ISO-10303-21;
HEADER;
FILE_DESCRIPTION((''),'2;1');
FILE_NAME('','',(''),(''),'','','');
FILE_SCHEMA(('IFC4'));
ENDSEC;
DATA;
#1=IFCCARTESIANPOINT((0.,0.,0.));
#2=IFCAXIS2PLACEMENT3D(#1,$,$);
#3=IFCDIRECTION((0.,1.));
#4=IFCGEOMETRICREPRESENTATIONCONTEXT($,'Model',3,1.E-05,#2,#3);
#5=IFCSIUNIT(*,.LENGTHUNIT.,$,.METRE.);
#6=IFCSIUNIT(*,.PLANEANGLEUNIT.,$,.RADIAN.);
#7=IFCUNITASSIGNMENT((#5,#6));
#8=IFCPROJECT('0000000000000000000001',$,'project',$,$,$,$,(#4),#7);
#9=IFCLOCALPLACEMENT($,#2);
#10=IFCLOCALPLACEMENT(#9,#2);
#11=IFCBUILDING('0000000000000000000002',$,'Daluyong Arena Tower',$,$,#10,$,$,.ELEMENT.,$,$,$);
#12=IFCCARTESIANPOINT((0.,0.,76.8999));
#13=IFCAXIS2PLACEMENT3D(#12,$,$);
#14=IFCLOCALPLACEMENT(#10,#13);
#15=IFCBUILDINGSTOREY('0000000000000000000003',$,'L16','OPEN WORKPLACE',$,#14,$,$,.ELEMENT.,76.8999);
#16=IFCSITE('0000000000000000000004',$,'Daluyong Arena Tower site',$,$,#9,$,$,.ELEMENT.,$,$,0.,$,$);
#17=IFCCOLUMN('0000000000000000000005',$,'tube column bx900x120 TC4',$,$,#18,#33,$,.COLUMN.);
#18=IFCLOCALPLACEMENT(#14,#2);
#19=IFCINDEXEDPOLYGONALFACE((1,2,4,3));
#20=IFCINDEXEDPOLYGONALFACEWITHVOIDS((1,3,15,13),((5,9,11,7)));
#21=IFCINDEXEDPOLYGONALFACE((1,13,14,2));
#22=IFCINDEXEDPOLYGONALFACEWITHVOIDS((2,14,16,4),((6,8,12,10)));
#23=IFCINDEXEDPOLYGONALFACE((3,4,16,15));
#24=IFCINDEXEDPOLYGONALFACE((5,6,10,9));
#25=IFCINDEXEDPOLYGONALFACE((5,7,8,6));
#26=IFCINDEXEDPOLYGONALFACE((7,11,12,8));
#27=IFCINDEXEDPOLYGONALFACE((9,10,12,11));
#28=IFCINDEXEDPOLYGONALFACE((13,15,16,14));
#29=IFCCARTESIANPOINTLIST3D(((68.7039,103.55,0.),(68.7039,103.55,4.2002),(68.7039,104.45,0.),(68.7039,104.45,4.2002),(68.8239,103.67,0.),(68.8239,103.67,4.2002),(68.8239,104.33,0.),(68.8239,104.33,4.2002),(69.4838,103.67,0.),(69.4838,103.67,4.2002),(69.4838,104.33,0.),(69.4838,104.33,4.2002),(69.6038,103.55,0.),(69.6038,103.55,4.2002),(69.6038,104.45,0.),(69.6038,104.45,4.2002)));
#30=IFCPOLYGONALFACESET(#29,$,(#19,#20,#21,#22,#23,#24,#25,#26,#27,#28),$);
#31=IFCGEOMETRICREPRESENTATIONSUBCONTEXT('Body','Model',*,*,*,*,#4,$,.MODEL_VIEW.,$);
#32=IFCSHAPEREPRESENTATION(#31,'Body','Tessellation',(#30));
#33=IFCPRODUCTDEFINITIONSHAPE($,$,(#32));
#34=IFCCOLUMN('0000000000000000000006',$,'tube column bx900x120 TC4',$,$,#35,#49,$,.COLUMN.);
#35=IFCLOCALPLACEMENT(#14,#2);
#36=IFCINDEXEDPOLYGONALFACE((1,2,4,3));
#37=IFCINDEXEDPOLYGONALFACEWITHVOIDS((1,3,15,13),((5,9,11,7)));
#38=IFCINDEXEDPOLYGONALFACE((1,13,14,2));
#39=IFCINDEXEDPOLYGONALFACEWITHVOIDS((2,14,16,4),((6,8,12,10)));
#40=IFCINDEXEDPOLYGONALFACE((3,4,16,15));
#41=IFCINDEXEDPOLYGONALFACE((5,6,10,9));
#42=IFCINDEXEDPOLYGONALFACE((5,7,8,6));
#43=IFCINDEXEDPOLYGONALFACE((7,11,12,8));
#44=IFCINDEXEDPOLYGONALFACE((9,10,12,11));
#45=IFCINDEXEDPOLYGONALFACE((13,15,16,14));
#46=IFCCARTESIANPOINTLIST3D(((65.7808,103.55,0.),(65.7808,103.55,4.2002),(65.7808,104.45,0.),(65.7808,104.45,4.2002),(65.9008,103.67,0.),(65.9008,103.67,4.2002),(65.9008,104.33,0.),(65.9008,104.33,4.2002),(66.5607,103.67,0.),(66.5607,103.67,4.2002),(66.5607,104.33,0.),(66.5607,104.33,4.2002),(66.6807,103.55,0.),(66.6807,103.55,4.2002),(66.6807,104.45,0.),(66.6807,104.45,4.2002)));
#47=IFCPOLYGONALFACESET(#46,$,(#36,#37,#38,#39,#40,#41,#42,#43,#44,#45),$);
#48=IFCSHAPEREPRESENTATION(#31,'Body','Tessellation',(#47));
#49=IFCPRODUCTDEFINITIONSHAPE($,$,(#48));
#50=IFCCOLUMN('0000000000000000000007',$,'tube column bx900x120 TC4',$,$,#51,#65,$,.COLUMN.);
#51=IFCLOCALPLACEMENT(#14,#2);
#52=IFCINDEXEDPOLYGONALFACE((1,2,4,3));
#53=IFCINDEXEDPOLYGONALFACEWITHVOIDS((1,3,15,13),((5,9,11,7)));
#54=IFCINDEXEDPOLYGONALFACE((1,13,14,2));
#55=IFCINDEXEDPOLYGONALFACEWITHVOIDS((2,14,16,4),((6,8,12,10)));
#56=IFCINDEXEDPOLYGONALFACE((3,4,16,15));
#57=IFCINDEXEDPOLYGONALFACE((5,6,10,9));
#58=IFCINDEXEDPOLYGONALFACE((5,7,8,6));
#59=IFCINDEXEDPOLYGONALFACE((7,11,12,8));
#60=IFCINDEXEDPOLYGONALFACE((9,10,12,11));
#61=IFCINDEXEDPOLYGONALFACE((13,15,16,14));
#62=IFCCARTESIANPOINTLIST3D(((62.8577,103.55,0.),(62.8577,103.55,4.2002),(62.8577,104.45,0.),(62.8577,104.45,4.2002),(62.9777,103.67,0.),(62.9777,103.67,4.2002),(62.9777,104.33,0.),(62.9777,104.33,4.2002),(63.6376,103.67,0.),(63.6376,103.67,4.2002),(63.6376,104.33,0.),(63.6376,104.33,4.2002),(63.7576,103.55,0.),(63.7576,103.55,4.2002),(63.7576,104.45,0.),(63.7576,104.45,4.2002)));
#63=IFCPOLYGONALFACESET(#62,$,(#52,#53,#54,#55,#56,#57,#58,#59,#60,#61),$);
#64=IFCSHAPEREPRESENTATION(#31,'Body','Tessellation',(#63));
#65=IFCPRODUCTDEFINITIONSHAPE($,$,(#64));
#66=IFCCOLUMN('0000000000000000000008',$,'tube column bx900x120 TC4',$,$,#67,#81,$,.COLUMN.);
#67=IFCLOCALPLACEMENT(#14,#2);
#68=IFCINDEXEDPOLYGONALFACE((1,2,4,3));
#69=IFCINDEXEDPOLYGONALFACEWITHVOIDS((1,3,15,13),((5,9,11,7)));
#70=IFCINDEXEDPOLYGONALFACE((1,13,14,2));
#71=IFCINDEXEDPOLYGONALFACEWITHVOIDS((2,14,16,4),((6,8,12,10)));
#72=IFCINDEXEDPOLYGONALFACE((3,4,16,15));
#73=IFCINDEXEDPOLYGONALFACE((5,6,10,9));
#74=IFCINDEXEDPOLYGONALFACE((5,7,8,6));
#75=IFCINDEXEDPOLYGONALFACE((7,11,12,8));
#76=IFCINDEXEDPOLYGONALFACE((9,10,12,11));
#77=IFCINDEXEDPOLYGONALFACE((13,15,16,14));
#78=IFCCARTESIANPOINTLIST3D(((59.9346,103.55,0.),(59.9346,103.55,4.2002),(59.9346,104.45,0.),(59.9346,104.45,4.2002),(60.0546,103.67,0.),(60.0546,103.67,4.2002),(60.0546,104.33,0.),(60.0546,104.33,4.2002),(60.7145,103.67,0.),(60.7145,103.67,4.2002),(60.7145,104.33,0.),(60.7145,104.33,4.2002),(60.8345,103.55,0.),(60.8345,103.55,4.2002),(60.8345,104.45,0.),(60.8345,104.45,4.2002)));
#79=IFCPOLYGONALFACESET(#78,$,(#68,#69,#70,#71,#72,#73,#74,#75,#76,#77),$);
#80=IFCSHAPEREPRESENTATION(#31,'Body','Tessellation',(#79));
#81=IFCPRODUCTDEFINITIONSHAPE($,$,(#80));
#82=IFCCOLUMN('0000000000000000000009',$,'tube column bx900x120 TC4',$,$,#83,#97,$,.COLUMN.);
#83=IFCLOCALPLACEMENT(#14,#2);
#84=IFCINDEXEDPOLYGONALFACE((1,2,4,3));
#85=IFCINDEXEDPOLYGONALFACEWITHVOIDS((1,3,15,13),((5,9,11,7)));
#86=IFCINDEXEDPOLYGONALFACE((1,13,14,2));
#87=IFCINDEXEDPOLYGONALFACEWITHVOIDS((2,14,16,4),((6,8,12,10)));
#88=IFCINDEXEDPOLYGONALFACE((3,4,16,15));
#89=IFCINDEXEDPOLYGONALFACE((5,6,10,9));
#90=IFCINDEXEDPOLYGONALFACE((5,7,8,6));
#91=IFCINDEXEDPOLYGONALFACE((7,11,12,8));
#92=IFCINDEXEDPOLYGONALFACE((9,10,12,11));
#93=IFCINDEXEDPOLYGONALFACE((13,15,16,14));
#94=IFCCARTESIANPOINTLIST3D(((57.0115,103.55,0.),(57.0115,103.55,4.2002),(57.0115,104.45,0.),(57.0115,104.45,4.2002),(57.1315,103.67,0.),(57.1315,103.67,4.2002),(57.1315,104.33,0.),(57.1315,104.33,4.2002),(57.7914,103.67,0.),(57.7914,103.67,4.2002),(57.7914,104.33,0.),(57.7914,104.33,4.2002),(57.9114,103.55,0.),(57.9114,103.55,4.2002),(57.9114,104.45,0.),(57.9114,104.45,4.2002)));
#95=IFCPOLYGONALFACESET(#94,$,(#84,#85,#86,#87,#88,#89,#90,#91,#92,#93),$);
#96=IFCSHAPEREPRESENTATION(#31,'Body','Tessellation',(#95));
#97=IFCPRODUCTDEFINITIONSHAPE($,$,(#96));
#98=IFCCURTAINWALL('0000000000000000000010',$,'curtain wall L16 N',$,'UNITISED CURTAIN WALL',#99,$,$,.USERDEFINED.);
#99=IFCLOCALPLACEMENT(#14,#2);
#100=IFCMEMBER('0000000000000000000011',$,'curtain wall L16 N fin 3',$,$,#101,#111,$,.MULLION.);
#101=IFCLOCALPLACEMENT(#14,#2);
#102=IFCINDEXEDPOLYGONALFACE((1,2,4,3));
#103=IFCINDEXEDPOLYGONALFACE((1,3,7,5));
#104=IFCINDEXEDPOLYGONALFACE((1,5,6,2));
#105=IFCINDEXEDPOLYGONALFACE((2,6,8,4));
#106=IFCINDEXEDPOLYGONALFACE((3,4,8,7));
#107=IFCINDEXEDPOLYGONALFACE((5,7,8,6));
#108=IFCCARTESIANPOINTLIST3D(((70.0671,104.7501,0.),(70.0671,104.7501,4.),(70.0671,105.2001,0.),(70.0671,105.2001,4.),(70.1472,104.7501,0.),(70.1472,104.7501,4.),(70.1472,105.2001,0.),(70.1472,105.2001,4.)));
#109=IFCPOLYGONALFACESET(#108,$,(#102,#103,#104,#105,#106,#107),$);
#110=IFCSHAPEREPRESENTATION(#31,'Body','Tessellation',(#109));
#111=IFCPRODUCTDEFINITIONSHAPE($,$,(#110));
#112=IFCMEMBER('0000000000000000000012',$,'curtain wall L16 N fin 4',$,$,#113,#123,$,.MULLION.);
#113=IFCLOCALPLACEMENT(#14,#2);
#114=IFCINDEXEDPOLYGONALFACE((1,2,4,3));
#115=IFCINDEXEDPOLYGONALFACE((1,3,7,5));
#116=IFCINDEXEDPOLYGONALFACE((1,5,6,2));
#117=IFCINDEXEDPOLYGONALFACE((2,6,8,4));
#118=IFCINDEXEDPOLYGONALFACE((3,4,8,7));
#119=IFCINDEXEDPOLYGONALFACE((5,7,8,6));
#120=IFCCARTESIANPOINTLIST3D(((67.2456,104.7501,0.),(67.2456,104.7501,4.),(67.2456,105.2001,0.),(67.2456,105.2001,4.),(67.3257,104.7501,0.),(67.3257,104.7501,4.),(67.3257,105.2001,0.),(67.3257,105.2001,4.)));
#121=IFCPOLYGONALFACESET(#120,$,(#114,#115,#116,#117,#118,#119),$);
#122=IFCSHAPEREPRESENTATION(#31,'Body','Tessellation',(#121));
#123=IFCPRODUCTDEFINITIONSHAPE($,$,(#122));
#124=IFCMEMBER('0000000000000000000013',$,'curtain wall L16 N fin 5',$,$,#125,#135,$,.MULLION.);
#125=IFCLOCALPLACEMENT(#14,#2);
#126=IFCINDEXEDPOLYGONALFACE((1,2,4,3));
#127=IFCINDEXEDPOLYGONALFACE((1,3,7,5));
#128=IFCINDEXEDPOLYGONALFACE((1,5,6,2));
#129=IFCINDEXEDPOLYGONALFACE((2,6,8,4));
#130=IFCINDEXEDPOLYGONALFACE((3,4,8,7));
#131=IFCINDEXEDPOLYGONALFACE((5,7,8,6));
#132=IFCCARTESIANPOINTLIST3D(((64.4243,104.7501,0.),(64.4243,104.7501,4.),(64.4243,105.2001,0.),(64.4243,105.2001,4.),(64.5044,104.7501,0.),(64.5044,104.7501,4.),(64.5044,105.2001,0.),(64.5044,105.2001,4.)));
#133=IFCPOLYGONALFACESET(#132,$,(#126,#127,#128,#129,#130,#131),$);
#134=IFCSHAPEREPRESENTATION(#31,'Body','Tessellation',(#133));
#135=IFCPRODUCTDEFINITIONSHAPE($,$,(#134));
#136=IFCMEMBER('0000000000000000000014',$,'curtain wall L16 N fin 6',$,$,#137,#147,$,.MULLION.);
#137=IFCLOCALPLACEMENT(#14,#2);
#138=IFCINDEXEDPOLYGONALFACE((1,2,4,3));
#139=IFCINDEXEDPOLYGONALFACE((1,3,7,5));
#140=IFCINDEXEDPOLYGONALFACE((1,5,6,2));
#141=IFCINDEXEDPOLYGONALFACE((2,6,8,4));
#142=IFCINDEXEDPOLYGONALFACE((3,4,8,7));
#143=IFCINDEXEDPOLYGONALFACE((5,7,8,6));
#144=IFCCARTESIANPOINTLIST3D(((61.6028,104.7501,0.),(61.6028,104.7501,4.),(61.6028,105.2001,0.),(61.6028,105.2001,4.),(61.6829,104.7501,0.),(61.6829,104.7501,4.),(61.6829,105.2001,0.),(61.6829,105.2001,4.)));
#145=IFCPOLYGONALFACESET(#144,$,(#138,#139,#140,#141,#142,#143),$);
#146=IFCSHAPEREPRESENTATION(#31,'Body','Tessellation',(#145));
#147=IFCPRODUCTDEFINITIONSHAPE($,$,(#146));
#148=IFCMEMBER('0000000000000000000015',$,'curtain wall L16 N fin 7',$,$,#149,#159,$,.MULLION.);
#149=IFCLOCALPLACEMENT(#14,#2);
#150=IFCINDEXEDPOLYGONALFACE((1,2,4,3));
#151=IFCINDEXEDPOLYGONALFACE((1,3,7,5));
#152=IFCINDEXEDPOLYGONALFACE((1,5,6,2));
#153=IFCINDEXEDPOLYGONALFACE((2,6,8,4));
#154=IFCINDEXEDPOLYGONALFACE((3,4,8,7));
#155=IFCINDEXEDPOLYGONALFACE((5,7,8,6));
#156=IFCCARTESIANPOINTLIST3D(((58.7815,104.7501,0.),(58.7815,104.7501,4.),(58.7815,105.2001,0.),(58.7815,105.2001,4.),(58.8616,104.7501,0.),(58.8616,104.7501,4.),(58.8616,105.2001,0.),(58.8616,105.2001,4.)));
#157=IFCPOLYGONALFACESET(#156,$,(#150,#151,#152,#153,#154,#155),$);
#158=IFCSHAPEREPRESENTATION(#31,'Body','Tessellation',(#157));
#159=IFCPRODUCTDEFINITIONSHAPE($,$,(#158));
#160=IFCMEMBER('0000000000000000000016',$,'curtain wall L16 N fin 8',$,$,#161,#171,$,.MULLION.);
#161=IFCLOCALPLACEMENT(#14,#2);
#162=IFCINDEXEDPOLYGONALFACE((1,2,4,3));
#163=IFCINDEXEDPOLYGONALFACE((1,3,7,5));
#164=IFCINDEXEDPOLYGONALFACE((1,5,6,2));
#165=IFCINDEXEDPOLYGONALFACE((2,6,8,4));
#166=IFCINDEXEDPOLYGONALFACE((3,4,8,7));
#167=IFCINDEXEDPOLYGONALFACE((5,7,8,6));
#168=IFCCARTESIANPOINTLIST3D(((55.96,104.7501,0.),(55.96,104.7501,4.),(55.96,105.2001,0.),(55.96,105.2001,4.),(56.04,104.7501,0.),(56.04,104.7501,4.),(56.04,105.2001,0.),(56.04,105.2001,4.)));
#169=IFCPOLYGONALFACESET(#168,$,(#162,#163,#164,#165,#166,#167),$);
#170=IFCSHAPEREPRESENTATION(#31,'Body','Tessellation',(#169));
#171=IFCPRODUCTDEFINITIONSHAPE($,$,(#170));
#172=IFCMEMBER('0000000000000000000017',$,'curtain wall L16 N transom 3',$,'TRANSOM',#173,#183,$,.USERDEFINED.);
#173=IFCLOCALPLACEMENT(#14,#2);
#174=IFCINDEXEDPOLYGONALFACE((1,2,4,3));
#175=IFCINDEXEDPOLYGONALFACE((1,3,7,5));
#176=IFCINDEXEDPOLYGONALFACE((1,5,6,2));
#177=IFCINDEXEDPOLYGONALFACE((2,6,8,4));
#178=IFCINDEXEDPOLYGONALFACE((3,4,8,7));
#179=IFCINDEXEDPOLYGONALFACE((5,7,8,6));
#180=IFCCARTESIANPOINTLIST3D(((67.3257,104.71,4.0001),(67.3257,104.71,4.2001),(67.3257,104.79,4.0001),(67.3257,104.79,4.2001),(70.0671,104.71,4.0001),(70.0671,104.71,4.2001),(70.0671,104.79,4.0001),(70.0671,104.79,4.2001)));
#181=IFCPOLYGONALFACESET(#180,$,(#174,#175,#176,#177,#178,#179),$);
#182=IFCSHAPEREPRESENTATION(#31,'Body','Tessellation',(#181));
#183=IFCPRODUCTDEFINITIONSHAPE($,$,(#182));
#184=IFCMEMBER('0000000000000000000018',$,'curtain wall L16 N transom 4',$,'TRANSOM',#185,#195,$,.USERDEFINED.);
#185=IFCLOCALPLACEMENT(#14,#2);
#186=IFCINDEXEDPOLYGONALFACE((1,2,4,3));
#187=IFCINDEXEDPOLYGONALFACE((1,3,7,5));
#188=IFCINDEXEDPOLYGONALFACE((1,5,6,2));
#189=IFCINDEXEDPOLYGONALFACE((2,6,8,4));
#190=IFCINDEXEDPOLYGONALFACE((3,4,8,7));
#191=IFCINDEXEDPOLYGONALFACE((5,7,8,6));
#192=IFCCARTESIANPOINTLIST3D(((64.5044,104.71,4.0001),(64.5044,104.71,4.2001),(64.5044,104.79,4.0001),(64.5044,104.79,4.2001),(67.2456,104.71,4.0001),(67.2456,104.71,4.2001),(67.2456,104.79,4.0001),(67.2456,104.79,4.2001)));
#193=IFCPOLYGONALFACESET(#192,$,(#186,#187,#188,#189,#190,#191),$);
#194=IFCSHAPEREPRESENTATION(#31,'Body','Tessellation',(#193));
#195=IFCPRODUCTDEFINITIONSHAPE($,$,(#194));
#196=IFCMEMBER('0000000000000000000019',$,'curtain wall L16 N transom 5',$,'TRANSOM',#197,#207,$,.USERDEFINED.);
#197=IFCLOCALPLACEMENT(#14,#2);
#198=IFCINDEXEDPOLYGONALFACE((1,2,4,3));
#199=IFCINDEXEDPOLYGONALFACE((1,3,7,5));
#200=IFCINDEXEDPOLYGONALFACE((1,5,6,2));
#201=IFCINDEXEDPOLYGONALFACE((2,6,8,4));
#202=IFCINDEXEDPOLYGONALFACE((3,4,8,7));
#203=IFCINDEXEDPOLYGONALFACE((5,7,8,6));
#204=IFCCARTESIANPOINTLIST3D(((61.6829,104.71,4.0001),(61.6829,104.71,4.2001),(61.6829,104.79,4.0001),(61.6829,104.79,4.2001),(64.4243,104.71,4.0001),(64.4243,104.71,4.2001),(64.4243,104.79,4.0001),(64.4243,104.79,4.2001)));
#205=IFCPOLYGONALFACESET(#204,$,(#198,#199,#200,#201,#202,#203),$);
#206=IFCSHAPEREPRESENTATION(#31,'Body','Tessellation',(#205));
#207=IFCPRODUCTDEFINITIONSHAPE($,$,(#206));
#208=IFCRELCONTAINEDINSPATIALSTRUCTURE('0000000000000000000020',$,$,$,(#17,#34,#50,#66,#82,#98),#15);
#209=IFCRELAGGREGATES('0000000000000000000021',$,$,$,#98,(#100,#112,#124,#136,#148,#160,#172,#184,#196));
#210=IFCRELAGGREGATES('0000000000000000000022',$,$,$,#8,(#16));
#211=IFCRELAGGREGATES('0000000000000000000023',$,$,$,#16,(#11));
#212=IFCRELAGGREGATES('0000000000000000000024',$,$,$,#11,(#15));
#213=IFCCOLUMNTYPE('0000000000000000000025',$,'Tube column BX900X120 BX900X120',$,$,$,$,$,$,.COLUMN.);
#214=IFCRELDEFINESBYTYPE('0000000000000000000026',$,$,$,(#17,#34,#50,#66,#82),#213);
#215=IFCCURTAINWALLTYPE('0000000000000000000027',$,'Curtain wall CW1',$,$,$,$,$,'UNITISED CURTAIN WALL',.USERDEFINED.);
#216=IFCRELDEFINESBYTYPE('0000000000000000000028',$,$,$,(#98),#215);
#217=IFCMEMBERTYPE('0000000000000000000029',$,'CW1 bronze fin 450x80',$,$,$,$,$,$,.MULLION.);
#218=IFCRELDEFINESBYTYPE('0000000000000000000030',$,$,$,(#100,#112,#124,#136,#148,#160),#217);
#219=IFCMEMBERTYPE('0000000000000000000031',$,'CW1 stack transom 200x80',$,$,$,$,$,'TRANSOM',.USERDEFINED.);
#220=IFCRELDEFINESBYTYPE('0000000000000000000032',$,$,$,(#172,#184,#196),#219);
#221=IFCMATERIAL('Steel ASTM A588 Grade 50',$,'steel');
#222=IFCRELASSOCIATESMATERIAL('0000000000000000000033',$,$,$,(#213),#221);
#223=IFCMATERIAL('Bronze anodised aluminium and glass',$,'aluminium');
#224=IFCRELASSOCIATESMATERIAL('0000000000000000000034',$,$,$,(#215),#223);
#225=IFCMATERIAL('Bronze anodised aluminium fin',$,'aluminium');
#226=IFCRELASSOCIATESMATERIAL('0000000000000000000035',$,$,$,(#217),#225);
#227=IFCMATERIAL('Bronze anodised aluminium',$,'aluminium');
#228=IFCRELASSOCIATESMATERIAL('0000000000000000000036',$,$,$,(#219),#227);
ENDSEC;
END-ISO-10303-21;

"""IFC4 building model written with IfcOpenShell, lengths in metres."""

from ifc_helpers import new_model, si_unit, direction, frame, origin, origin_2d, place, context, subcontext, project, spatial, rectangle, hollow_rectangle, extrude, material, material_profile, profile_set, type_object, element, aggregate, save


model = new_model("IFC4")

# Units and contexts
model_context = context("Model", 3, precision=1e-05, world=origin(), true_north=direction((0.0, 1.0)))
body_context = subcontext(model_context, "Body", "Model", "MODEL_VIEW")
ifc_project = project(units=[si_unit("LENGTHUNIT", "METRE"), si_unit("PLANEANGLEUNIT", "RADIAN")], contexts=[model_context])

# Site, building, storey
site_placement = place(None, origin())
site = spatial("IfcSite", under=ifc_project, at=site_placement, Name="Daluyong Arena Tower site", CompositionType="ELEMENT", RefElevation=0.0)
building_placement = place(site_placement, origin())
building = spatial("IfcBuilding", under=site, at=building_placement, Name="Daluyong Arena Tower", CompositionType="ELEMENT")
storey_placement = place(building_placement, frame((0.0, 0.0, 76.8999)))
storey = spatial("IfcBuildingStorey", under=building, at=storey_placement, Name="L16", Description="OPEN WORKPLACE", CompositionType="ELEMENT", Elevation=76.8999)

# Columns
ifc_material_1 = material(Name="Steel ASTM A588 Grade 50", Category="steel")
ifc_material_profile_1 = material_profile(ifc_material_1, hollow_rectangle(XDim=0.8999, YDim=0.8999, WallThickness=0.12, at=origin_2d()))
ifc_profile_set_1 = profile_set([ifc_material_profile_1], Name="Steel ASTM A588 Grade 50")
column_type = type_object("IfcColumnType", Name="Tube column BX900X120 BX900X120", PredefinedType="COLUMN", material=ifc_profile_set_1)
for number, where, z_axis, x_axis, name in (
    (1, (69.1538, 104.0, 0.0), (0.0, 0.0, 1.0), (1.0, 0.0, 0.0), "tube column bx900x120 TC4"),
    (2, (66.2307, 104.0, 0.0), (0.0, 0.0, 1.0), (1.0, 0.0, 0.0), "tube column bx900x120 TC4"),
    (3, (63.3076, 104.0, 0.0), (0.0, 0.0, 1.0), (1.0, 0.0, 0.0), "tube column bx900x120 TC4"),
    (4, (60.3845, 104.0, 0.0), (0.0, 0.0, 1.0), (1.0, 0.0, 0.0), "tube column bx900x120 TC4"),
    (5, (57.4614, 104.0, 0.0), (0.0, 0.0, 1.0), (1.0, 0.0, 0.0), "tube column bx900x120 TC4"),
):
    element("IfcColumn", number, at=place(storey_placement, frame(where, z_axis=z_axis, x_axis=x_axis)), inside=storey, type_object=column_type, Name=name, PredefinedType="COLUMN", context=body_context, shape_type="SweptSolid", body=[
        extrude(hollow_rectangle(XDim=0.8999, YDim=0.8999, WallThickness=0.12, at=origin_2d()), origin(), (0.0, 0.0, 1.0), 4.2002),
    ])

# Curtain wall, members
ifc_material_2 = material(Name="Bronze anodised aluminium and glass", Category="aluminium")
curtain_wall_type = type_object("IfcCurtainWallType", Name="Curtain wall CW1", ElementType="UNITISED CURTAIN WALL", PredefinedType="USERDEFINED", material=ifc_material_2)
curtain_wall_placement = place(storey_placement, origin())
curtain_wall = element("IfcCurtainWall", 6, at=curtain_wall_placement, inside=storey, type_object=curtain_wall_type, Name="curtain wall L16 N", ObjectType="UNITISED CURTAIN WALL", PredefinedType="USERDEFINED")
ifc_material_3 = material(Name="Bronze anodised aluminium fin", Category="aluminium")
ifc_material_profile_2 = material_profile(ifc_material_3, rectangle(XDim=0.45, YDim=0.0801, at=origin_2d()))
ifc_profile_set_2 = profile_set([ifc_material_profile_2], Name="Bronze anodised aluminium fin")
member_type_1 = type_object("IfcMemberType", Name="CW1 bronze fin 450x80", PredefinedType="MULLION", material=ifc_profile_set_2)
member_1_placement = place(storey_placement, frame((70.1072, 104.9751, 0.0), z_axis=(0.0, 0.0, 1.0), x_axis=(0.0, -1.0, 0.0)))
member_1 = element("IfcMember", 7, at=member_1_placement, type_object=member_type_1, Name="curtain wall L16 N fin 3", PredefinedType="MULLION", context=body_context, shape_type="SweptSolid", body=[
    extrude(rectangle(XDim=0.45, YDim=0.0801, at=origin_2d()), origin(), (0.0, 0.0, 1.0), 4.0),
])
member_2_placement = place(storey_placement, frame((67.2856, 104.9751, 0.0), z_axis=(0.0, 0.0, 1.0), x_axis=(0.0, -1.0, 0.0)))
member_2 = element("IfcMember", 8, at=member_2_placement, type_object=member_type_1, Name="curtain wall L16 N fin 4", PredefinedType="MULLION", context=body_context, shape_type="SweptSolid", body=[
    extrude(rectangle(XDim=0.45, YDim=0.0801, at=origin_2d()), origin(), (0.0, 0.0, 1.0), 4.0),
])
member_3_placement = place(storey_placement, frame((64.4644, 104.9751, 0.0), z_axis=(0.0, 0.0, 1.0), x_axis=(0.0, -1.0, 0.0)))
member_3 = element("IfcMember", 9, at=member_3_placement, type_object=member_type_1, Name="curtain wall L16 N fin 5", PredefinedType="MULLION", context=body_context, shape_type="SweptSolid", body=[
    extrude(rectangle(XDim=0.45, YDim=0.0801, at=origin_2d()), origin(), (0.0, 0.0, 1.0), 4.0),
])
member_4_placement = place(storey_placement, frame((61.6428, 104.9751, 0.0), z_axis=(0.0, 0.0, 1.0), x_axis=(0.0, -1.0, 0.0)))
member_4 = element("IfcMember", 10, at=member_4_placement, type_object=member_type_1, Name="curtain wall L16 N fin 6", PredefinedType="MULLION", context=body_context, shape_type="SweptSolid", body=[
    extrude(rectangle(XDim=0.45, YDim=0.0801, at=origin_2d()), origin(), (0.0, 0.0, 1.0), 4.0),
])
member_5_placement = place(storey_placement, frame((58.8215, 104.9751, 0.0), z_axis=(0.0, 0.0, 1.0), x_axis=(0.0, -1.0, 0.0)))
member_5 = element("IfcMember", 11, at=member_5_placement, type_object=member_type_1, Name="curtain wall L16 N fin 7", PredefinedType="MULLION", context=body_context, shape_type="SweptSolid", body=[
    extrude(rectangle(XDim=0.45, YDim=0.0801, at=origin_2d()), origin(), (0.0, 0.0, 1.0), 4.0),
])
member_6_placement = place(storey_placement, frame((56.0, 104.9751, 0.0), z_axis=(0.0, 0.0, 1.0), x_axis=(0.0, -1.0, 0.0)))
member_6 = element("IfcMember", 12, at=member_6_placement, type_object=member_type_1, Name="curtain wall L16 N fin 8", PredefinedType="MULLION", context=body_context, shape_type="SweptSolid", body=[
    extrude(rectangle(XDim=0.45, YDim=0.0801, at=origin_2d()), origin(), (0.0, 0.0, 1.0), 4.0),
])
ifc_material_4 = material(Name="Bronze anodised aluminium", Category="aluminium")
ifc_material_profile_3 = material_profile(ifc_material_4, rectangle(XDim=0.0801, YDim=0.2, at=origin_2d()))
ifc_profile_set_3 = profile_set([ifc_material_profile_3], Name="Bronze anodised aluminium")
member_type_2 = type_object("IfcMemberType", Name="CW1 stack transom 200x80", ElementType="TRANSOM", PredefinedType="USERDEFINED", material=ifc_profile_set_3)
member_7_placement = place(storey_placement, frame((70.0671, 104.75, 4.1001), z_axis=(-1.0, 0.0, 0.0), x_axis=(0.0, -1.0, 0.0)))
member_7 = element("IfcMember", 13, at=member_7_placement, type_object=member_type_2, Name="curtain wall L16 N transom 3", ObjectType="TRANSOM", PredefinedType="USERDEFINED", context=body_context, shape_type="SweptSolid", body=[
    extrude(rectangle(XDim=0.0801, YDim=0.2, at=origin_2d()), origin(), (0.0, 0.0, 1.0), 2.7415),
])
member_8_placement = place(storey_placement, frame((67.2456, 104.75, 4.1001), z_axis=(-1.0, 0.0, 0.0), x_axis=(0.0, -1.0, 0.0)))
member_8 = element("IfcMember", 14, at=member_8_placement, type_object=member_type_2, Name="curtain wall L16 N transom 4", ObjectType="TRANSOM", PredefinedType="USERDEFINED", context=body_context, shape_type="SweptSolid", body=[
    extrude(rectangle(XDim=0.0801, YDim=0.2, at=origin_2d()), origin(), (0.0, 0.0, 1.0), 2.7412),
])
member_9_placement = place(storey_placement, frame((64.4243, 104.75, 4.1001), z_axis=(-1.0, 0.0, 0.0), x_axis=(0.0, -1.0, 0.0)))
member_9 = element("IfcMember", 15, at=member_9_placement, type_object=member_type_2, Name="curtain wall L16 N transom 5", ObjectType="TRANSOM", PredefinedType="USERDEFINED", context=body_context, shape_type="SweptSolid", body=[
    extrude(rectangle(XDim=0.0801, YDim=0.2, at=origin_2d()), origin(), (0.0, 0.0, 1.0), 2.7415),
])

aggregate(curtain_wall, [member_1, member_2, member_3, member_4, member_5, member_6, member_7, member_8, member_9])

save(model, "model.ifc")
